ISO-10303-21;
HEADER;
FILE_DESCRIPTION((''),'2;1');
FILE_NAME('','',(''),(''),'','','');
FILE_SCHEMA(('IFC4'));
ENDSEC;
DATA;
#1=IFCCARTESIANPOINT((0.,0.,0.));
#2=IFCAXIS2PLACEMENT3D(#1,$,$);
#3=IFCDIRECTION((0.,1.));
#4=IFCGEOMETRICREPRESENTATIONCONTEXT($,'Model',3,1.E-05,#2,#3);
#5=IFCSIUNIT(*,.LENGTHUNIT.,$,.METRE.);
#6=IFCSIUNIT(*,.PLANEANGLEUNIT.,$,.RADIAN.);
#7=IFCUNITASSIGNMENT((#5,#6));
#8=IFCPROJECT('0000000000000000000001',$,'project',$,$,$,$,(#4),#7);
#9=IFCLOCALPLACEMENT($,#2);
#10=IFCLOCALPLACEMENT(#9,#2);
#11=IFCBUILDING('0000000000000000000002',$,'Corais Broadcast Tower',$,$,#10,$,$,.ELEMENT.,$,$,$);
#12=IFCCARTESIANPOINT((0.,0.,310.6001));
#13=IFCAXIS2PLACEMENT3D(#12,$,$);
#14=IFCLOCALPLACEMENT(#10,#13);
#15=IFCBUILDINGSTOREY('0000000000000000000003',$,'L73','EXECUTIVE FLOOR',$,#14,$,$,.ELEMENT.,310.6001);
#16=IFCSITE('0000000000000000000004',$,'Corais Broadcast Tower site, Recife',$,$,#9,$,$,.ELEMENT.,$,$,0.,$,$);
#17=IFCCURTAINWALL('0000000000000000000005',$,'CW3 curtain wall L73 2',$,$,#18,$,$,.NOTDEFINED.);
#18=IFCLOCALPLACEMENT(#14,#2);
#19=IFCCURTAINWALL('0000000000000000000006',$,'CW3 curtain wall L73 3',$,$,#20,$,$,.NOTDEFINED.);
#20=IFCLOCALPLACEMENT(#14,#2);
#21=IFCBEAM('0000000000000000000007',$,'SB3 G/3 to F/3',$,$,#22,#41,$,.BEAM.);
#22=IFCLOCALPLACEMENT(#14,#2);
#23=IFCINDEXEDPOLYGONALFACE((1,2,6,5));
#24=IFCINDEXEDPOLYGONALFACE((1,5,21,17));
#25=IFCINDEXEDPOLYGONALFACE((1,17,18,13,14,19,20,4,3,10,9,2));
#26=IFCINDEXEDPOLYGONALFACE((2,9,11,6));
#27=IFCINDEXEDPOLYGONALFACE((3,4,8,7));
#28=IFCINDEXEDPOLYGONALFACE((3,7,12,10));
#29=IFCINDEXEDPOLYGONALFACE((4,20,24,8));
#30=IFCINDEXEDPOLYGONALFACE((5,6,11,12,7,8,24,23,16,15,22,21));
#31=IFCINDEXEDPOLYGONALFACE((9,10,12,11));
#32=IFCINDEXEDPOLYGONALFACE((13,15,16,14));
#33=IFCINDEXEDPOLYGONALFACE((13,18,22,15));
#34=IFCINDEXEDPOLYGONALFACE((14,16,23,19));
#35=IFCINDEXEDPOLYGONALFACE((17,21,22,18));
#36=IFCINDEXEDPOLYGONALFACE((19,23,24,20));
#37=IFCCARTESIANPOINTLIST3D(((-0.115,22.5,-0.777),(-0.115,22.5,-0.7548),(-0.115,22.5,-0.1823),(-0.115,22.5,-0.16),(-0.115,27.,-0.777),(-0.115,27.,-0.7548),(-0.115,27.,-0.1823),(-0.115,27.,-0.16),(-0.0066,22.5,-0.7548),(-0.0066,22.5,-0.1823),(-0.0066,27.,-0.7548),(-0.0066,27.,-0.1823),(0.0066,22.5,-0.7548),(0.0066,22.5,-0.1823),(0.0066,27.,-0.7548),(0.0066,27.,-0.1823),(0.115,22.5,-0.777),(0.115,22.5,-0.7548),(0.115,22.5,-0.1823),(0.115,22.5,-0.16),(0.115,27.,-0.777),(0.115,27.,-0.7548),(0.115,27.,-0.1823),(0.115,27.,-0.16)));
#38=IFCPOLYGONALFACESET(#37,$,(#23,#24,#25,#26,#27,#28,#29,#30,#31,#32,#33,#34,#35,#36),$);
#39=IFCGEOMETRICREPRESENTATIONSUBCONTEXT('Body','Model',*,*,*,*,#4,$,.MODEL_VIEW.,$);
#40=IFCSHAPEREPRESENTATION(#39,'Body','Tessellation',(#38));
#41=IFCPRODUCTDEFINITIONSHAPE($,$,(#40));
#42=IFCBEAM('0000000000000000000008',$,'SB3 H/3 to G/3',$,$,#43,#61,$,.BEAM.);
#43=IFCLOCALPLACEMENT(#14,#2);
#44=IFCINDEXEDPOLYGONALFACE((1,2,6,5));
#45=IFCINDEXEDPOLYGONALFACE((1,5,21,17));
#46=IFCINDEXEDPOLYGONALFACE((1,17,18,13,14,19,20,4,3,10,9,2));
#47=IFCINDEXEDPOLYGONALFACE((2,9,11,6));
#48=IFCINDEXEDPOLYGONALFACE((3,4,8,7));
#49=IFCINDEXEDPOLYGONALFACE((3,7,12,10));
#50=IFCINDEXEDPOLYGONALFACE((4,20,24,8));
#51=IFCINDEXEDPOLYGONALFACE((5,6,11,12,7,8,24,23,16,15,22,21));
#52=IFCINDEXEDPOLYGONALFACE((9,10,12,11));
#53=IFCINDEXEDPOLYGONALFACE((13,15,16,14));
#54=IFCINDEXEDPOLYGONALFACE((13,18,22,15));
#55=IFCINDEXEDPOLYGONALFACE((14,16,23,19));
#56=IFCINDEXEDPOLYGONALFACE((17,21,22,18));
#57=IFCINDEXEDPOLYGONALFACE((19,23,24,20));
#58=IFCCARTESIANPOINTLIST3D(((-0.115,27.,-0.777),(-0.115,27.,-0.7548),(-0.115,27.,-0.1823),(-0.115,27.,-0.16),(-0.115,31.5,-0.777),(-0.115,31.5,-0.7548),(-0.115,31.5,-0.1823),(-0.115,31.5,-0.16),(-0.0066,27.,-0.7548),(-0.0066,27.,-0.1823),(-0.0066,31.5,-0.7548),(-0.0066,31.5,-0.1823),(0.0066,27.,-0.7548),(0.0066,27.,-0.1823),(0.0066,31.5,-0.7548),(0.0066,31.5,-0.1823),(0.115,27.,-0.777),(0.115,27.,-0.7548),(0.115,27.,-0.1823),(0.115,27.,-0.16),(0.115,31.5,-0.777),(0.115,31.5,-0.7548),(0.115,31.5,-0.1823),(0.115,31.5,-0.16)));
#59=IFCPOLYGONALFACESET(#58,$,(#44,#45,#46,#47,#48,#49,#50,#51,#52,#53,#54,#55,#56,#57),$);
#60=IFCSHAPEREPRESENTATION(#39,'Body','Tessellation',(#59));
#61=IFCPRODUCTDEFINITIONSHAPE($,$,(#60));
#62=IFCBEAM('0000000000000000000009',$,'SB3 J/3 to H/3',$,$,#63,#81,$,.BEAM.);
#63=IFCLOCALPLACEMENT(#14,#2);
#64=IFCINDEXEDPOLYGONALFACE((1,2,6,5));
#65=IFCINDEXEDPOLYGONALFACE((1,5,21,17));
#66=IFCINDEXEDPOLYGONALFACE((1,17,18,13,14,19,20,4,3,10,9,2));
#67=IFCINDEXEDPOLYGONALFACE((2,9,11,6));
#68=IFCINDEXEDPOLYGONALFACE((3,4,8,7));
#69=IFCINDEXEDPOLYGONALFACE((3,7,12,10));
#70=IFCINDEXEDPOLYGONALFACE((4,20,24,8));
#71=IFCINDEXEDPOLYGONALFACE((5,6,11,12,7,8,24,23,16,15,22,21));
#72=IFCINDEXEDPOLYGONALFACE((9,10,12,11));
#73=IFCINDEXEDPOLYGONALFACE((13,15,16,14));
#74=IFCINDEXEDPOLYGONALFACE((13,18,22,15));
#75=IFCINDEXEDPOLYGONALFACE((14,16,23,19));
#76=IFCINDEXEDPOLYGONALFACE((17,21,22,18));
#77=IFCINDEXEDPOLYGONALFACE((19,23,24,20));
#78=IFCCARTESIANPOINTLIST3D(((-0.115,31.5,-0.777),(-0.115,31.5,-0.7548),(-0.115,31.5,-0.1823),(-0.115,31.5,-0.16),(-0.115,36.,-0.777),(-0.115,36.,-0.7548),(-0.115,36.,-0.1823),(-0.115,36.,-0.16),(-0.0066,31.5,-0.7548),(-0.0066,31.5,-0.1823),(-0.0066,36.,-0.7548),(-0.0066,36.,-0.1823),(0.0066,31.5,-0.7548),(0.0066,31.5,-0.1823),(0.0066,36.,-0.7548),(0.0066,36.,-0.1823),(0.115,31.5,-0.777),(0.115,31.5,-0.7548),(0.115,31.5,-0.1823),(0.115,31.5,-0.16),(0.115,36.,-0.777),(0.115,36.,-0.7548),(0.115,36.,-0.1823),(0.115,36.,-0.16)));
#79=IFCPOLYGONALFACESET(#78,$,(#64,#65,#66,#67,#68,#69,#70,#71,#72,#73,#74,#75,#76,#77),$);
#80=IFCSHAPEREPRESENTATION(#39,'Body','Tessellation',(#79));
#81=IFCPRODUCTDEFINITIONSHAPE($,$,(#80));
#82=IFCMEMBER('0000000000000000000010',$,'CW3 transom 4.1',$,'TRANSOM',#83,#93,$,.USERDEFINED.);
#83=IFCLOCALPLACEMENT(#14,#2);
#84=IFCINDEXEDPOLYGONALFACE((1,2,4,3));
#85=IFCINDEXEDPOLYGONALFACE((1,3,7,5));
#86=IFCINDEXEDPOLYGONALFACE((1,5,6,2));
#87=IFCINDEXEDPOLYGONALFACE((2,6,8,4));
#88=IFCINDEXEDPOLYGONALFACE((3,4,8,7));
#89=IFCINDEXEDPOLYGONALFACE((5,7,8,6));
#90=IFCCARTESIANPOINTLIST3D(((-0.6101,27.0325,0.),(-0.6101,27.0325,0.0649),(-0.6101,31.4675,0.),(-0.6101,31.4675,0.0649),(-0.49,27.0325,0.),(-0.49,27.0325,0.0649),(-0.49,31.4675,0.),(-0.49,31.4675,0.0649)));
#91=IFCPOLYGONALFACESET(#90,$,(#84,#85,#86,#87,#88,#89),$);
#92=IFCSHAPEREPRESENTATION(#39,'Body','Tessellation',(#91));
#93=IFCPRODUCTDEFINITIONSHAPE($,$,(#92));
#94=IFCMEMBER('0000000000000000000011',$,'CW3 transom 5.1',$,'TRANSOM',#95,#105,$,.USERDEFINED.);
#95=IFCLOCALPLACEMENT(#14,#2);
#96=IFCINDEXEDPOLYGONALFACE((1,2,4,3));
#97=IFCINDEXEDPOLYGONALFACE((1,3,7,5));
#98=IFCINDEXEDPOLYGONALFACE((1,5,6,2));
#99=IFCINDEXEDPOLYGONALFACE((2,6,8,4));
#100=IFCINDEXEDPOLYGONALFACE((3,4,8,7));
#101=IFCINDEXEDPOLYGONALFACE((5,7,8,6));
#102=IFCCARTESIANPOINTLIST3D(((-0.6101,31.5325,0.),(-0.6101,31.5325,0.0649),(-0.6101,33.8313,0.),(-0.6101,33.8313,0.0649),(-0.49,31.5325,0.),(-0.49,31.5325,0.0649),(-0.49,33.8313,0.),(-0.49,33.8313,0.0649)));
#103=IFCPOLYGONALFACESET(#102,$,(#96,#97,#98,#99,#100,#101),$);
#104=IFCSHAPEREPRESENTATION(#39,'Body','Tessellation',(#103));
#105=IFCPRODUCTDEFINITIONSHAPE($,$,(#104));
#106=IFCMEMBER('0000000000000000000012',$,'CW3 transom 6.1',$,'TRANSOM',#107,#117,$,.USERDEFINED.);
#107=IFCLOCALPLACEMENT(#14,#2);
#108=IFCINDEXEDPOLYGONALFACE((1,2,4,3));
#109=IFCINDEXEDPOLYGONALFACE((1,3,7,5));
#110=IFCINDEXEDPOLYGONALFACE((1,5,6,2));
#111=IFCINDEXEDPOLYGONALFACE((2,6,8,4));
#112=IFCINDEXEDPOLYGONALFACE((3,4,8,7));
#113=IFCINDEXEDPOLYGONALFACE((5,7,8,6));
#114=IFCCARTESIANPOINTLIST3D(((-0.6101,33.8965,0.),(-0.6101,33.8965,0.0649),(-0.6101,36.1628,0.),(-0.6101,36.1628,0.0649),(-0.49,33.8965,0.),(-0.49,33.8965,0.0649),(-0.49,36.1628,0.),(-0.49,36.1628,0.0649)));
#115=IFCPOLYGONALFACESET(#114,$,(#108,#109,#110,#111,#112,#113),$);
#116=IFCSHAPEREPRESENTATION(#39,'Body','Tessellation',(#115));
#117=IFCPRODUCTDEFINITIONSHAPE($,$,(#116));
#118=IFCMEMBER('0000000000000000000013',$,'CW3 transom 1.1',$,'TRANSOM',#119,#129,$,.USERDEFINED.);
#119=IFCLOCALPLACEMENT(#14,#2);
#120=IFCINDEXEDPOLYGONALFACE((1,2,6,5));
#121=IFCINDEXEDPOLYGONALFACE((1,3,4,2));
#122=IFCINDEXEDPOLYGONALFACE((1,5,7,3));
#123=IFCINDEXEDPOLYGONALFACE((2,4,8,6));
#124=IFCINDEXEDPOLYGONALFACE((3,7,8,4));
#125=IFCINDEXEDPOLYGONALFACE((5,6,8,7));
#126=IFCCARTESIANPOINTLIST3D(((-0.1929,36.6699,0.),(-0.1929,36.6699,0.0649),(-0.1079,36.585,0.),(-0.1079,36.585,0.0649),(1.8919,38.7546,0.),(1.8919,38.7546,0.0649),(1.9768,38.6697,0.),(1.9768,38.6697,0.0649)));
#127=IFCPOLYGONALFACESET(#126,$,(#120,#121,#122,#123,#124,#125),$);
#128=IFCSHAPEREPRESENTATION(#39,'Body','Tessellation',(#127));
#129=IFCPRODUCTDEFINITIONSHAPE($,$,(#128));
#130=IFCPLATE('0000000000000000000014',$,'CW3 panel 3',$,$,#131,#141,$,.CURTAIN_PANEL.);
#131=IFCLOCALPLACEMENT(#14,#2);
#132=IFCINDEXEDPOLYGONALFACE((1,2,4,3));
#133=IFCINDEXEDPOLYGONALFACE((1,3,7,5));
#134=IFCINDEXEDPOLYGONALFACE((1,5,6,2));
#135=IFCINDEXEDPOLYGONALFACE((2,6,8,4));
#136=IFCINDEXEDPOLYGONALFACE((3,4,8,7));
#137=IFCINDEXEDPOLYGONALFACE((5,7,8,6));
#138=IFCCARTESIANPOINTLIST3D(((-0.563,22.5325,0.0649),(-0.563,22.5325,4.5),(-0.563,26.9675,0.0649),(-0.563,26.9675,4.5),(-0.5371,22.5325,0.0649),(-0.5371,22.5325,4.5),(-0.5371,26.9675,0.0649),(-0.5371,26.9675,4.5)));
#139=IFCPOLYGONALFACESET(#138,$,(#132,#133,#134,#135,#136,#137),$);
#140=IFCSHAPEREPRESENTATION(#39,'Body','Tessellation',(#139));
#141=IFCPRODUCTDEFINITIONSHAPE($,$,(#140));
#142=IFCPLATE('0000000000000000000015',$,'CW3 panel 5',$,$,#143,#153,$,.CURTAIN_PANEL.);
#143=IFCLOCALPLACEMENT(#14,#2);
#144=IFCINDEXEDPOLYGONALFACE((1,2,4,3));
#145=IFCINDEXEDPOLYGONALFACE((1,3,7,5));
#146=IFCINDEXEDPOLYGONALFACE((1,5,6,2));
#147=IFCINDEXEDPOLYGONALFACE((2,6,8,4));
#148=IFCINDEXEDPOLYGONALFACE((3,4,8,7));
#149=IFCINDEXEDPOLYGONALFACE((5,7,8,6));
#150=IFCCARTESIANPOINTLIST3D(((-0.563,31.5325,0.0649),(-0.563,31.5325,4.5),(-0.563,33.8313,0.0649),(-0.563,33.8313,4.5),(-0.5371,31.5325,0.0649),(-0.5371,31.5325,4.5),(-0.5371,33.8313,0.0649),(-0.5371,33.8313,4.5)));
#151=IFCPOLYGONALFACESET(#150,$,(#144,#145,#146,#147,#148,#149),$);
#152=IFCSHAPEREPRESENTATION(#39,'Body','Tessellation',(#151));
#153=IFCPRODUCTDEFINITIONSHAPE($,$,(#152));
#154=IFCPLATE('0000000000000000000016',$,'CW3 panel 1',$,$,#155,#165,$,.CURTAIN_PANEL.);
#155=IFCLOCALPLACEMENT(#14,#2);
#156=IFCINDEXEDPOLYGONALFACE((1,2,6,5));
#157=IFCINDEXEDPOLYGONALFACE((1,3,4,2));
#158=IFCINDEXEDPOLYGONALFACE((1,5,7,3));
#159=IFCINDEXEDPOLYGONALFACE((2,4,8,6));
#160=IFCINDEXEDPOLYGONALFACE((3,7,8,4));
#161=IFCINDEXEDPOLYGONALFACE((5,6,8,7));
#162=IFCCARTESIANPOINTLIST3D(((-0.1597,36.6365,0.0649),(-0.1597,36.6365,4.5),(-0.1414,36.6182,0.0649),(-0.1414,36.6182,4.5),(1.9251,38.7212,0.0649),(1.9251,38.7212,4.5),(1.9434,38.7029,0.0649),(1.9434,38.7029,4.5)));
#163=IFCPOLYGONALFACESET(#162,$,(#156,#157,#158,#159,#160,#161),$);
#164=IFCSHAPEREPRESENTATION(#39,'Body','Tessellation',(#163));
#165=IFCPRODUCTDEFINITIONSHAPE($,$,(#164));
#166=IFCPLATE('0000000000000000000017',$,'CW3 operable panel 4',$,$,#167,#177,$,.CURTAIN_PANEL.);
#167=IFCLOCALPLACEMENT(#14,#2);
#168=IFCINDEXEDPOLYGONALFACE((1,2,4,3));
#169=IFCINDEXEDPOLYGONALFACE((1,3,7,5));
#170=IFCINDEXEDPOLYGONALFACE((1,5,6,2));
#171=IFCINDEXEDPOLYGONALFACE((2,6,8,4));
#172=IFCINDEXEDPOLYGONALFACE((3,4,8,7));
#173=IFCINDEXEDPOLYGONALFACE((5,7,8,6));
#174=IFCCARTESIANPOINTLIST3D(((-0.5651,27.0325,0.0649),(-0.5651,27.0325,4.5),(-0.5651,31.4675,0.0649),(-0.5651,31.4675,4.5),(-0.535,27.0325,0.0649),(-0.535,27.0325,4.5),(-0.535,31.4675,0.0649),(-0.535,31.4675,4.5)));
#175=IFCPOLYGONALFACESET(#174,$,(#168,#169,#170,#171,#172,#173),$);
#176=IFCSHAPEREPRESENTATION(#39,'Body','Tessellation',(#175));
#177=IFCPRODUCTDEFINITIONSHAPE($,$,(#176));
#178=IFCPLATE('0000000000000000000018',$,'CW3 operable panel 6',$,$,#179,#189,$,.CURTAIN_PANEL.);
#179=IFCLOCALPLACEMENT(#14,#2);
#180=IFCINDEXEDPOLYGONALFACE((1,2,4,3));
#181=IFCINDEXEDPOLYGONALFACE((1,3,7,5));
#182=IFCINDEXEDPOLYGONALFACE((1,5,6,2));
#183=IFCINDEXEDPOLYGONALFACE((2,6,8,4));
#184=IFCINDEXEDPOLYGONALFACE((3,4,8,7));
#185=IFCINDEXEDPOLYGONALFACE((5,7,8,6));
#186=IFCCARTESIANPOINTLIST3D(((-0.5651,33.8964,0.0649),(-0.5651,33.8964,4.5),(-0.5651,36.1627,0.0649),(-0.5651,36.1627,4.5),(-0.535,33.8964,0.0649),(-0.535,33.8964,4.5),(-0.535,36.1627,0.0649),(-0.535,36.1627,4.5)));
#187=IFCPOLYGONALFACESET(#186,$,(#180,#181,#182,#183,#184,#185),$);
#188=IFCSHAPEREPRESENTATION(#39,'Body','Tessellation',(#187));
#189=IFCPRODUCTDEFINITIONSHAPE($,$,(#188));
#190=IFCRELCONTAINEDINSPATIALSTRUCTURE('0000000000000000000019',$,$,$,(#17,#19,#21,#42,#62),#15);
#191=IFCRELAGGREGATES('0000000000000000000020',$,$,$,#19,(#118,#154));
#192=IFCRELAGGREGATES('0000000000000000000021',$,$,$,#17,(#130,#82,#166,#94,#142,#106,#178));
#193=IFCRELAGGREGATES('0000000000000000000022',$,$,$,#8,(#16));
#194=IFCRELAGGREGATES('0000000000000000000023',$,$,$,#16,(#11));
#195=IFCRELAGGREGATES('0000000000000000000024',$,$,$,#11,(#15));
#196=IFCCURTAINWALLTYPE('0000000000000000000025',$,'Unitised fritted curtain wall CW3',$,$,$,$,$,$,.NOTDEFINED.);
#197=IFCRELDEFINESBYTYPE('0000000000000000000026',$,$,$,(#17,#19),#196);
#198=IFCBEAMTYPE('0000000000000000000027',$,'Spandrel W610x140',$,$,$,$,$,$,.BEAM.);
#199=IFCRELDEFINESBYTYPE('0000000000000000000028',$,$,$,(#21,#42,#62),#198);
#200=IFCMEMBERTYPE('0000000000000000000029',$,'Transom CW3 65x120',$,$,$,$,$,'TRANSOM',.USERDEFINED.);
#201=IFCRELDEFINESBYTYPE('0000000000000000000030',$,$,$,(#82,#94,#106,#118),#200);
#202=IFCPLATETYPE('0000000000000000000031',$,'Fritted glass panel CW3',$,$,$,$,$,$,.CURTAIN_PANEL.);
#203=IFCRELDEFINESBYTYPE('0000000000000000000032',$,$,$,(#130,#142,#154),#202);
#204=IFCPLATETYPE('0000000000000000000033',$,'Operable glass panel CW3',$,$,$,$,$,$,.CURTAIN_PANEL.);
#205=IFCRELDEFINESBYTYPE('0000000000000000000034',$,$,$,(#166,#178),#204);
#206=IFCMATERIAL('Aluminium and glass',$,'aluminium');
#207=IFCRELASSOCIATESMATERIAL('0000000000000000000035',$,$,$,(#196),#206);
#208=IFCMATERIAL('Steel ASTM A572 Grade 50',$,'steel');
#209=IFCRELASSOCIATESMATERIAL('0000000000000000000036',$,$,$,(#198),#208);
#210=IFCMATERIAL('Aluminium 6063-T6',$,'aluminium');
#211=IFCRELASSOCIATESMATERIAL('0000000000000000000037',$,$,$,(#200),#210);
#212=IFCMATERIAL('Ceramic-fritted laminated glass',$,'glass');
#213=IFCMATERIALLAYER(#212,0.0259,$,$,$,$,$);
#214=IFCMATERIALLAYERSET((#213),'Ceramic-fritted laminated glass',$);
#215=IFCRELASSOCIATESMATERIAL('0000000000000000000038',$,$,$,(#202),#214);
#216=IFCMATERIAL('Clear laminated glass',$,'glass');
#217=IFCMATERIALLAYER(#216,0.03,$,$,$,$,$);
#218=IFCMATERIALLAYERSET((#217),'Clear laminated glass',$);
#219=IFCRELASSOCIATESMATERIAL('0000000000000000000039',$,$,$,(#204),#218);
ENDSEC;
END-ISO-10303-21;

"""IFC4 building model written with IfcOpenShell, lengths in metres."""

from ifc_helpers import new_model, si_unit, direction, frame, origin, origin_2d, place, context, subcontext, project, spatial, rectangle, i_section, extrude, material, layer, layer_set, material_profile, profile_set, type_object, element, aggregate, save


model = new_model("IFC4")

# Units and contexts
model_context = context("Model", 3, precision=1e-05, world=origin(), true_north=direction((0.0, 1.0)))
body_context = subcontext(model_context, "Body", "Model", "MODEL_VIEW")
ifc_project = project(units=[si_unit("LENGTHUNIT", "METRE"), si_unit("PLANEANGLEUNIT", "RADIAN")], contexts=[model_context])

# Site, building, storey
site_placement = place(None, origin())
site = spatial("IfcSite", under=ifc_project, at=site_placement, Name="Corais Broadcast Tower site, Recife", CompositionType="ELEMENT", RefElevation=0.0)
building_placement = place(site_placement, origin())
building = spatial("IfcBuilding", under=site, at=building_placement, Name="Corais Broadcast Tower", CompositionType="ELEMENT")
storey_placement = place(building_placement, frame((0.0, 0.0, 310.6001)))
storey = spatial("IfcBuildingStorey", under=building, at=storey_placement, Name="L73", Description="EXECUTIVE FLOOR", CompositionType="ELEMENT", Elevation=310.6001)

# Curtain wall
ifc_material_1 = material(Name="Aluminium and glass", Category="aluminium")
curtain_wall_type = type_object("IfcCurtainWallType", Name="Unitised fritted curtain wall CW3", PredefinedType="NOTDEFINED", material=ifc_material_1)
curtain_wall_1_placement = place(storey_placement, origin())
curtain_wall_1 = element("IfcCurtainWall", 1, at=curtain_wall_1_placement, inside=storey, type_object=curtain_wall_type, Name="CW3 curtain wall L73 2", PredefinedType="NOTDEFINED")

# Curtain wall
curtain_wall_2_placement = place(storey_placement, origin())
curtain_wall_2 = element("IfcCurtainWall", 2, at=curtain_wall_2_placement, inside=storey, type_object=curtain_wall_type, Name="CW3 curtain wall L73 3", PredefinedType="NOTDEFINED")

# Beams
ifc_material_2 = material(Name="Steel ASTM A572 Grade 50", Category="steel")
ifc_material_profile_1 = material_profile(ifc_material_2, i_section(OverallWidth=0.23, OverallDepth=0.6169, WebThickness=0.0132, FlangeThickness=0.0222, at=origin_2d()), Name="W610x140")
ifc_profile_set_1 = profile_set([ifc_material_profile_1], Name="Steel ASTM A572 Grade 50")
beam_type_1 = type_object("IfcBeamType", Name="Spandrel W610x140", PredefinedType="BEAM", material=ifc_profile_set_1)
for number, where, z_axis, x_axis, name in (
    (3, (0.0, 27.0, -0.4685), (0.0, -1.0, 0.0), (1.0, 0.0, 0.0), "SB3 G/3 to F/3"),
    (4, (0.0, 31.5, -0.4685), (0.0, -1.0, 0.0), (1.0, 0.0, 0.0), "SB3 H/3 to G/3"),
    (5, (0.0, 36.0, -0.4685), (0.0, -1.0, 0.0), (1.0, 0.0, 0.0), "SB3 J/3 to H/3"),
):
    element("IfcBeam", number, at=place(storey_placement, frame(where, z_axis=z_axis, x_axis=x_axis)), inside=storey, type_object=beam_type_1, Name=name, PredefinedType="BEAM", context=body_context, shape_type="SweptSolid", body=[
        extrude(i_section(OverallWidth=0.23, OverallDepth=0.6169, WebThickness=0.0132, FlangeThickness=0.0222, at=origin_2d()), origin(), (0.0, 0.0, 1.0), 4.5),
    ])

# Members
ifc_material_3 = material(Name="Aluminium 6063-T6", Category="aluminium")
ifc_material_profile_2 = material_profile(ifc_material_3, rectangle(XDim=0.1201, YDim=0.0649, at=origin_2d()), Name="Transom CW3 65x120")
ifc_profile_set_2 = profile_set([ifc_material_profile_2], Name="Aluminium 6063-T6")
member_type_1 = type_object("IfcMemberType", Name="Transom CW3 65x120", ElementType="TRANSOM", PredefinedType="USERDEFINED", material=ifc_profile_set_2)
member_1_placement = place(storey_placement, frame((-0.55, 27.0325, 0.0325), z_axis=(0.0, 1.0, 0.0), x_axis=(-1.0, 0.0, 0.0)))
member_1 = element("IfcMember", 6, at=member_1_placement, type_object=member_type_1, Name="CW3 transom 4.1", ObjectType="TRANSOM", PredefinedType="USERDEFINED", context=body_context, shape_type="SweptSolid", body=[
    extrude(rectangle(XDim=0.1201, YDim=0.0649, at=origin_2d()), origin(), (0.0, 0.0, 1.0), 4.4351),
])
member_2_placement = place(storey_placement, frame((-0.55, 31.5325, 0.0325), z_axis=(0.0, 1.0, 0.0), x_axis=(-1.0, 0.0, 0.0)))
member_2 = element("IfcMember", 7, at=member_2_placement, type_object=member_type_1, Name="CW3 transom 5.1", ObjectType="TRANSOM", PredefinedType="USERDEFINED", context=body_context, shape_type="SweptSolid", body=[
    extrude(rectangle(XDim=0.1201, YDim=0.0649, at=origin_2d()), origin(), (0.0, 0.0, 1.0), 2.2988),
])
member_3_placement = place(storey_placement, frame((-0.55, 33.8965, 0.0325), z_axis=(0.0, 1.0, 0.0), x_axis=(-1.0, 0.0, 0.0)))
member_3 = element("IfcMember", 8, at=member_3_placement, type_object=member_type_1, Name="CW3 transom 6.1", ObjectType="TRANSOM", PredefinedType="USERDEFINED", context=body_context, shape_type="SweptSolid", body=[
    extrude(rectangle(XDim=0.1201, YDim=0.0649, at=origin_2d()), origin(), (0.0, 0.0, 1.0), 2.2664),
])
member_4_placement = place(storey_placement, frame((-0.1504, 36.6274, 0.0325), z_axis=(0.707107, 0.707107, 0.0), x_axis=(-0.707107, 0.707107, 0.0)))
member_4 = element("IfcMember", 9, at=member_4_placement, type_object=member_type_1, Name="CW3 transom 1.1", ObjectType="TRANSOM", PredefinedType="USERDEFINED", context=body_context, shape_type="SweptSolid", body=[
    extrude(rectangle(XDim=0.1201, YDim=0.0649, at=origin_2d()), origin(), (0.0, 0.0, 1.0), 2.9482),
])

# Plates
ifc_material_4 = material(Name="Ceramic-fritted laminated glass", Category="glass")
ifc_layer_1 = layer(ifc_material_4, 0.0259)
ifc_layer_set_1 = layer_set([ifc_layer_1], Name="Ceramic-fritted laminated glass")
plate_type_1 = type_object("IfcPlateType", Name="Fritted glass panel CW3", PredefinedType="CURTAIN_PANEL", material=ifc_layer_set_1)
plate_1_placement = place(storey_placement, frame((-0.55, 24.75, 0.0649), z_axis=(0.0, 0.0, 1.0), x_axis=(0.0, 1.0, 0.0)))
plate_1 = element("IfcPlate", 10, at=plate_1_placement, type_object=plate_type_1, Name="CW3 panel 3", PredefinedType="CURTAIN_PANEL", context=body_context, shape_type="SweptSolid", body=[
    extrude(rectangle(XDim=4.4351, YDim=0.0259, at=origin_2d()), origin(), (0.0, 0.0, 1.0), 4.4351),
])
plate_2_placement = place(storey_placement, frame((-0.55, 32.6819, 0.0649), z_axis=(0.0, 0.0, 1.0), x_axis=(0.0, 1.0, 0.0)))
plate_2 = element("IfcPlate", 11, at=plate_2_placement, type_object=plate_type_1, Name="CW3 panel 5", PredefinedType="CURTAIN_PANEL", context=body_context, shape_type="SweptSolid", body=[
    extrude(rectangle(XDim=2.2988, YDim=0.0259, at=origin_2d()), origin(), (0.0, 0.0, 1.0), 4.4351),
])
plate_3_placement = place(storey_placement, frame((0.8918, 37.6697, 0.0649), z_axis=(0.0, 0.0, 1.0), x_axis=(0.707107, 0.707107, 0.0)))
plate_3 = element("IfcPlate", 12, at=plate_3_placement, type_object=plate_type_1, Name="CW3 panel 1", PredefinedType="CURTAIN_PANEL", context=body_context, shape_type="SweptSolid", body=[
    extrude(rectangle(XDim=2.9482, YDim=0.0259, at=origin_2d()), origin(), (0.0, 0.0, 1.0), 4.4351),
])
aggregate(curtain_wall_2, [member_4, plate_3])
ifc_material_5 = material(Name="Clear laminated glass", Category="glass")
ifc_layer_2 = layer(ifc_material_5, 0.03)
ifc_layer_set_2 = layer_set([ifc_layer_2], Name="Clear laminated glass")
plate_type_2 = type_object("IfcPlateType", Name="Operable glass panel CW3", PredefinedType="CURTAIN_PANEL", material=ifc_layer_set_2)
plate_4_placement = place(storey_placement, frame((-0.55, 29.25, 0.0649), z_axis=(0.0, 0.0, 1.0), x_axis=(0.0, 1.0, 0.0)))
plate_4 = element("IfcPlate", 13, at=plate_4_placement, type_object=plate_type_2, Name="CW3 operable panel 4", PredefinedType="CURTAIN_PANEL", context=body_context, shape_type="SweptSolid", body=[
    extrude(rectangle(XDim=4.4351, YDim=0.03, at=origin_2d()), origin(), (0.0, 0.0, 1.0), 4.4351),
])
plate_5_placement = place(storey_placement, frame((-0.55, 35.0295, 0.0649), z_axis=(0.0, 0.0, 1.0), x_axis=(0.0, 1.0, 0.0)))
plate_5 = element("IfcPlate", 14, at=plate_5_placement, type_object=plate_type_2, Name="CW3 operable panel 6", PredefinedType="CURTAIN_PANEL", context=body_context, shape_type="SweptSolid", body=[
    extrude(rectangle(XDim=2.2664, YDim=0.03, at=origin_2d()), origin(), (0.0, 0.0, 1.0), 4.4351),
])
aggregate(curtain_wall_1, [plate_1, member_1, plate_4, member_2, plate_2, member_3, plate_5])

save(model, "model.ifc")
